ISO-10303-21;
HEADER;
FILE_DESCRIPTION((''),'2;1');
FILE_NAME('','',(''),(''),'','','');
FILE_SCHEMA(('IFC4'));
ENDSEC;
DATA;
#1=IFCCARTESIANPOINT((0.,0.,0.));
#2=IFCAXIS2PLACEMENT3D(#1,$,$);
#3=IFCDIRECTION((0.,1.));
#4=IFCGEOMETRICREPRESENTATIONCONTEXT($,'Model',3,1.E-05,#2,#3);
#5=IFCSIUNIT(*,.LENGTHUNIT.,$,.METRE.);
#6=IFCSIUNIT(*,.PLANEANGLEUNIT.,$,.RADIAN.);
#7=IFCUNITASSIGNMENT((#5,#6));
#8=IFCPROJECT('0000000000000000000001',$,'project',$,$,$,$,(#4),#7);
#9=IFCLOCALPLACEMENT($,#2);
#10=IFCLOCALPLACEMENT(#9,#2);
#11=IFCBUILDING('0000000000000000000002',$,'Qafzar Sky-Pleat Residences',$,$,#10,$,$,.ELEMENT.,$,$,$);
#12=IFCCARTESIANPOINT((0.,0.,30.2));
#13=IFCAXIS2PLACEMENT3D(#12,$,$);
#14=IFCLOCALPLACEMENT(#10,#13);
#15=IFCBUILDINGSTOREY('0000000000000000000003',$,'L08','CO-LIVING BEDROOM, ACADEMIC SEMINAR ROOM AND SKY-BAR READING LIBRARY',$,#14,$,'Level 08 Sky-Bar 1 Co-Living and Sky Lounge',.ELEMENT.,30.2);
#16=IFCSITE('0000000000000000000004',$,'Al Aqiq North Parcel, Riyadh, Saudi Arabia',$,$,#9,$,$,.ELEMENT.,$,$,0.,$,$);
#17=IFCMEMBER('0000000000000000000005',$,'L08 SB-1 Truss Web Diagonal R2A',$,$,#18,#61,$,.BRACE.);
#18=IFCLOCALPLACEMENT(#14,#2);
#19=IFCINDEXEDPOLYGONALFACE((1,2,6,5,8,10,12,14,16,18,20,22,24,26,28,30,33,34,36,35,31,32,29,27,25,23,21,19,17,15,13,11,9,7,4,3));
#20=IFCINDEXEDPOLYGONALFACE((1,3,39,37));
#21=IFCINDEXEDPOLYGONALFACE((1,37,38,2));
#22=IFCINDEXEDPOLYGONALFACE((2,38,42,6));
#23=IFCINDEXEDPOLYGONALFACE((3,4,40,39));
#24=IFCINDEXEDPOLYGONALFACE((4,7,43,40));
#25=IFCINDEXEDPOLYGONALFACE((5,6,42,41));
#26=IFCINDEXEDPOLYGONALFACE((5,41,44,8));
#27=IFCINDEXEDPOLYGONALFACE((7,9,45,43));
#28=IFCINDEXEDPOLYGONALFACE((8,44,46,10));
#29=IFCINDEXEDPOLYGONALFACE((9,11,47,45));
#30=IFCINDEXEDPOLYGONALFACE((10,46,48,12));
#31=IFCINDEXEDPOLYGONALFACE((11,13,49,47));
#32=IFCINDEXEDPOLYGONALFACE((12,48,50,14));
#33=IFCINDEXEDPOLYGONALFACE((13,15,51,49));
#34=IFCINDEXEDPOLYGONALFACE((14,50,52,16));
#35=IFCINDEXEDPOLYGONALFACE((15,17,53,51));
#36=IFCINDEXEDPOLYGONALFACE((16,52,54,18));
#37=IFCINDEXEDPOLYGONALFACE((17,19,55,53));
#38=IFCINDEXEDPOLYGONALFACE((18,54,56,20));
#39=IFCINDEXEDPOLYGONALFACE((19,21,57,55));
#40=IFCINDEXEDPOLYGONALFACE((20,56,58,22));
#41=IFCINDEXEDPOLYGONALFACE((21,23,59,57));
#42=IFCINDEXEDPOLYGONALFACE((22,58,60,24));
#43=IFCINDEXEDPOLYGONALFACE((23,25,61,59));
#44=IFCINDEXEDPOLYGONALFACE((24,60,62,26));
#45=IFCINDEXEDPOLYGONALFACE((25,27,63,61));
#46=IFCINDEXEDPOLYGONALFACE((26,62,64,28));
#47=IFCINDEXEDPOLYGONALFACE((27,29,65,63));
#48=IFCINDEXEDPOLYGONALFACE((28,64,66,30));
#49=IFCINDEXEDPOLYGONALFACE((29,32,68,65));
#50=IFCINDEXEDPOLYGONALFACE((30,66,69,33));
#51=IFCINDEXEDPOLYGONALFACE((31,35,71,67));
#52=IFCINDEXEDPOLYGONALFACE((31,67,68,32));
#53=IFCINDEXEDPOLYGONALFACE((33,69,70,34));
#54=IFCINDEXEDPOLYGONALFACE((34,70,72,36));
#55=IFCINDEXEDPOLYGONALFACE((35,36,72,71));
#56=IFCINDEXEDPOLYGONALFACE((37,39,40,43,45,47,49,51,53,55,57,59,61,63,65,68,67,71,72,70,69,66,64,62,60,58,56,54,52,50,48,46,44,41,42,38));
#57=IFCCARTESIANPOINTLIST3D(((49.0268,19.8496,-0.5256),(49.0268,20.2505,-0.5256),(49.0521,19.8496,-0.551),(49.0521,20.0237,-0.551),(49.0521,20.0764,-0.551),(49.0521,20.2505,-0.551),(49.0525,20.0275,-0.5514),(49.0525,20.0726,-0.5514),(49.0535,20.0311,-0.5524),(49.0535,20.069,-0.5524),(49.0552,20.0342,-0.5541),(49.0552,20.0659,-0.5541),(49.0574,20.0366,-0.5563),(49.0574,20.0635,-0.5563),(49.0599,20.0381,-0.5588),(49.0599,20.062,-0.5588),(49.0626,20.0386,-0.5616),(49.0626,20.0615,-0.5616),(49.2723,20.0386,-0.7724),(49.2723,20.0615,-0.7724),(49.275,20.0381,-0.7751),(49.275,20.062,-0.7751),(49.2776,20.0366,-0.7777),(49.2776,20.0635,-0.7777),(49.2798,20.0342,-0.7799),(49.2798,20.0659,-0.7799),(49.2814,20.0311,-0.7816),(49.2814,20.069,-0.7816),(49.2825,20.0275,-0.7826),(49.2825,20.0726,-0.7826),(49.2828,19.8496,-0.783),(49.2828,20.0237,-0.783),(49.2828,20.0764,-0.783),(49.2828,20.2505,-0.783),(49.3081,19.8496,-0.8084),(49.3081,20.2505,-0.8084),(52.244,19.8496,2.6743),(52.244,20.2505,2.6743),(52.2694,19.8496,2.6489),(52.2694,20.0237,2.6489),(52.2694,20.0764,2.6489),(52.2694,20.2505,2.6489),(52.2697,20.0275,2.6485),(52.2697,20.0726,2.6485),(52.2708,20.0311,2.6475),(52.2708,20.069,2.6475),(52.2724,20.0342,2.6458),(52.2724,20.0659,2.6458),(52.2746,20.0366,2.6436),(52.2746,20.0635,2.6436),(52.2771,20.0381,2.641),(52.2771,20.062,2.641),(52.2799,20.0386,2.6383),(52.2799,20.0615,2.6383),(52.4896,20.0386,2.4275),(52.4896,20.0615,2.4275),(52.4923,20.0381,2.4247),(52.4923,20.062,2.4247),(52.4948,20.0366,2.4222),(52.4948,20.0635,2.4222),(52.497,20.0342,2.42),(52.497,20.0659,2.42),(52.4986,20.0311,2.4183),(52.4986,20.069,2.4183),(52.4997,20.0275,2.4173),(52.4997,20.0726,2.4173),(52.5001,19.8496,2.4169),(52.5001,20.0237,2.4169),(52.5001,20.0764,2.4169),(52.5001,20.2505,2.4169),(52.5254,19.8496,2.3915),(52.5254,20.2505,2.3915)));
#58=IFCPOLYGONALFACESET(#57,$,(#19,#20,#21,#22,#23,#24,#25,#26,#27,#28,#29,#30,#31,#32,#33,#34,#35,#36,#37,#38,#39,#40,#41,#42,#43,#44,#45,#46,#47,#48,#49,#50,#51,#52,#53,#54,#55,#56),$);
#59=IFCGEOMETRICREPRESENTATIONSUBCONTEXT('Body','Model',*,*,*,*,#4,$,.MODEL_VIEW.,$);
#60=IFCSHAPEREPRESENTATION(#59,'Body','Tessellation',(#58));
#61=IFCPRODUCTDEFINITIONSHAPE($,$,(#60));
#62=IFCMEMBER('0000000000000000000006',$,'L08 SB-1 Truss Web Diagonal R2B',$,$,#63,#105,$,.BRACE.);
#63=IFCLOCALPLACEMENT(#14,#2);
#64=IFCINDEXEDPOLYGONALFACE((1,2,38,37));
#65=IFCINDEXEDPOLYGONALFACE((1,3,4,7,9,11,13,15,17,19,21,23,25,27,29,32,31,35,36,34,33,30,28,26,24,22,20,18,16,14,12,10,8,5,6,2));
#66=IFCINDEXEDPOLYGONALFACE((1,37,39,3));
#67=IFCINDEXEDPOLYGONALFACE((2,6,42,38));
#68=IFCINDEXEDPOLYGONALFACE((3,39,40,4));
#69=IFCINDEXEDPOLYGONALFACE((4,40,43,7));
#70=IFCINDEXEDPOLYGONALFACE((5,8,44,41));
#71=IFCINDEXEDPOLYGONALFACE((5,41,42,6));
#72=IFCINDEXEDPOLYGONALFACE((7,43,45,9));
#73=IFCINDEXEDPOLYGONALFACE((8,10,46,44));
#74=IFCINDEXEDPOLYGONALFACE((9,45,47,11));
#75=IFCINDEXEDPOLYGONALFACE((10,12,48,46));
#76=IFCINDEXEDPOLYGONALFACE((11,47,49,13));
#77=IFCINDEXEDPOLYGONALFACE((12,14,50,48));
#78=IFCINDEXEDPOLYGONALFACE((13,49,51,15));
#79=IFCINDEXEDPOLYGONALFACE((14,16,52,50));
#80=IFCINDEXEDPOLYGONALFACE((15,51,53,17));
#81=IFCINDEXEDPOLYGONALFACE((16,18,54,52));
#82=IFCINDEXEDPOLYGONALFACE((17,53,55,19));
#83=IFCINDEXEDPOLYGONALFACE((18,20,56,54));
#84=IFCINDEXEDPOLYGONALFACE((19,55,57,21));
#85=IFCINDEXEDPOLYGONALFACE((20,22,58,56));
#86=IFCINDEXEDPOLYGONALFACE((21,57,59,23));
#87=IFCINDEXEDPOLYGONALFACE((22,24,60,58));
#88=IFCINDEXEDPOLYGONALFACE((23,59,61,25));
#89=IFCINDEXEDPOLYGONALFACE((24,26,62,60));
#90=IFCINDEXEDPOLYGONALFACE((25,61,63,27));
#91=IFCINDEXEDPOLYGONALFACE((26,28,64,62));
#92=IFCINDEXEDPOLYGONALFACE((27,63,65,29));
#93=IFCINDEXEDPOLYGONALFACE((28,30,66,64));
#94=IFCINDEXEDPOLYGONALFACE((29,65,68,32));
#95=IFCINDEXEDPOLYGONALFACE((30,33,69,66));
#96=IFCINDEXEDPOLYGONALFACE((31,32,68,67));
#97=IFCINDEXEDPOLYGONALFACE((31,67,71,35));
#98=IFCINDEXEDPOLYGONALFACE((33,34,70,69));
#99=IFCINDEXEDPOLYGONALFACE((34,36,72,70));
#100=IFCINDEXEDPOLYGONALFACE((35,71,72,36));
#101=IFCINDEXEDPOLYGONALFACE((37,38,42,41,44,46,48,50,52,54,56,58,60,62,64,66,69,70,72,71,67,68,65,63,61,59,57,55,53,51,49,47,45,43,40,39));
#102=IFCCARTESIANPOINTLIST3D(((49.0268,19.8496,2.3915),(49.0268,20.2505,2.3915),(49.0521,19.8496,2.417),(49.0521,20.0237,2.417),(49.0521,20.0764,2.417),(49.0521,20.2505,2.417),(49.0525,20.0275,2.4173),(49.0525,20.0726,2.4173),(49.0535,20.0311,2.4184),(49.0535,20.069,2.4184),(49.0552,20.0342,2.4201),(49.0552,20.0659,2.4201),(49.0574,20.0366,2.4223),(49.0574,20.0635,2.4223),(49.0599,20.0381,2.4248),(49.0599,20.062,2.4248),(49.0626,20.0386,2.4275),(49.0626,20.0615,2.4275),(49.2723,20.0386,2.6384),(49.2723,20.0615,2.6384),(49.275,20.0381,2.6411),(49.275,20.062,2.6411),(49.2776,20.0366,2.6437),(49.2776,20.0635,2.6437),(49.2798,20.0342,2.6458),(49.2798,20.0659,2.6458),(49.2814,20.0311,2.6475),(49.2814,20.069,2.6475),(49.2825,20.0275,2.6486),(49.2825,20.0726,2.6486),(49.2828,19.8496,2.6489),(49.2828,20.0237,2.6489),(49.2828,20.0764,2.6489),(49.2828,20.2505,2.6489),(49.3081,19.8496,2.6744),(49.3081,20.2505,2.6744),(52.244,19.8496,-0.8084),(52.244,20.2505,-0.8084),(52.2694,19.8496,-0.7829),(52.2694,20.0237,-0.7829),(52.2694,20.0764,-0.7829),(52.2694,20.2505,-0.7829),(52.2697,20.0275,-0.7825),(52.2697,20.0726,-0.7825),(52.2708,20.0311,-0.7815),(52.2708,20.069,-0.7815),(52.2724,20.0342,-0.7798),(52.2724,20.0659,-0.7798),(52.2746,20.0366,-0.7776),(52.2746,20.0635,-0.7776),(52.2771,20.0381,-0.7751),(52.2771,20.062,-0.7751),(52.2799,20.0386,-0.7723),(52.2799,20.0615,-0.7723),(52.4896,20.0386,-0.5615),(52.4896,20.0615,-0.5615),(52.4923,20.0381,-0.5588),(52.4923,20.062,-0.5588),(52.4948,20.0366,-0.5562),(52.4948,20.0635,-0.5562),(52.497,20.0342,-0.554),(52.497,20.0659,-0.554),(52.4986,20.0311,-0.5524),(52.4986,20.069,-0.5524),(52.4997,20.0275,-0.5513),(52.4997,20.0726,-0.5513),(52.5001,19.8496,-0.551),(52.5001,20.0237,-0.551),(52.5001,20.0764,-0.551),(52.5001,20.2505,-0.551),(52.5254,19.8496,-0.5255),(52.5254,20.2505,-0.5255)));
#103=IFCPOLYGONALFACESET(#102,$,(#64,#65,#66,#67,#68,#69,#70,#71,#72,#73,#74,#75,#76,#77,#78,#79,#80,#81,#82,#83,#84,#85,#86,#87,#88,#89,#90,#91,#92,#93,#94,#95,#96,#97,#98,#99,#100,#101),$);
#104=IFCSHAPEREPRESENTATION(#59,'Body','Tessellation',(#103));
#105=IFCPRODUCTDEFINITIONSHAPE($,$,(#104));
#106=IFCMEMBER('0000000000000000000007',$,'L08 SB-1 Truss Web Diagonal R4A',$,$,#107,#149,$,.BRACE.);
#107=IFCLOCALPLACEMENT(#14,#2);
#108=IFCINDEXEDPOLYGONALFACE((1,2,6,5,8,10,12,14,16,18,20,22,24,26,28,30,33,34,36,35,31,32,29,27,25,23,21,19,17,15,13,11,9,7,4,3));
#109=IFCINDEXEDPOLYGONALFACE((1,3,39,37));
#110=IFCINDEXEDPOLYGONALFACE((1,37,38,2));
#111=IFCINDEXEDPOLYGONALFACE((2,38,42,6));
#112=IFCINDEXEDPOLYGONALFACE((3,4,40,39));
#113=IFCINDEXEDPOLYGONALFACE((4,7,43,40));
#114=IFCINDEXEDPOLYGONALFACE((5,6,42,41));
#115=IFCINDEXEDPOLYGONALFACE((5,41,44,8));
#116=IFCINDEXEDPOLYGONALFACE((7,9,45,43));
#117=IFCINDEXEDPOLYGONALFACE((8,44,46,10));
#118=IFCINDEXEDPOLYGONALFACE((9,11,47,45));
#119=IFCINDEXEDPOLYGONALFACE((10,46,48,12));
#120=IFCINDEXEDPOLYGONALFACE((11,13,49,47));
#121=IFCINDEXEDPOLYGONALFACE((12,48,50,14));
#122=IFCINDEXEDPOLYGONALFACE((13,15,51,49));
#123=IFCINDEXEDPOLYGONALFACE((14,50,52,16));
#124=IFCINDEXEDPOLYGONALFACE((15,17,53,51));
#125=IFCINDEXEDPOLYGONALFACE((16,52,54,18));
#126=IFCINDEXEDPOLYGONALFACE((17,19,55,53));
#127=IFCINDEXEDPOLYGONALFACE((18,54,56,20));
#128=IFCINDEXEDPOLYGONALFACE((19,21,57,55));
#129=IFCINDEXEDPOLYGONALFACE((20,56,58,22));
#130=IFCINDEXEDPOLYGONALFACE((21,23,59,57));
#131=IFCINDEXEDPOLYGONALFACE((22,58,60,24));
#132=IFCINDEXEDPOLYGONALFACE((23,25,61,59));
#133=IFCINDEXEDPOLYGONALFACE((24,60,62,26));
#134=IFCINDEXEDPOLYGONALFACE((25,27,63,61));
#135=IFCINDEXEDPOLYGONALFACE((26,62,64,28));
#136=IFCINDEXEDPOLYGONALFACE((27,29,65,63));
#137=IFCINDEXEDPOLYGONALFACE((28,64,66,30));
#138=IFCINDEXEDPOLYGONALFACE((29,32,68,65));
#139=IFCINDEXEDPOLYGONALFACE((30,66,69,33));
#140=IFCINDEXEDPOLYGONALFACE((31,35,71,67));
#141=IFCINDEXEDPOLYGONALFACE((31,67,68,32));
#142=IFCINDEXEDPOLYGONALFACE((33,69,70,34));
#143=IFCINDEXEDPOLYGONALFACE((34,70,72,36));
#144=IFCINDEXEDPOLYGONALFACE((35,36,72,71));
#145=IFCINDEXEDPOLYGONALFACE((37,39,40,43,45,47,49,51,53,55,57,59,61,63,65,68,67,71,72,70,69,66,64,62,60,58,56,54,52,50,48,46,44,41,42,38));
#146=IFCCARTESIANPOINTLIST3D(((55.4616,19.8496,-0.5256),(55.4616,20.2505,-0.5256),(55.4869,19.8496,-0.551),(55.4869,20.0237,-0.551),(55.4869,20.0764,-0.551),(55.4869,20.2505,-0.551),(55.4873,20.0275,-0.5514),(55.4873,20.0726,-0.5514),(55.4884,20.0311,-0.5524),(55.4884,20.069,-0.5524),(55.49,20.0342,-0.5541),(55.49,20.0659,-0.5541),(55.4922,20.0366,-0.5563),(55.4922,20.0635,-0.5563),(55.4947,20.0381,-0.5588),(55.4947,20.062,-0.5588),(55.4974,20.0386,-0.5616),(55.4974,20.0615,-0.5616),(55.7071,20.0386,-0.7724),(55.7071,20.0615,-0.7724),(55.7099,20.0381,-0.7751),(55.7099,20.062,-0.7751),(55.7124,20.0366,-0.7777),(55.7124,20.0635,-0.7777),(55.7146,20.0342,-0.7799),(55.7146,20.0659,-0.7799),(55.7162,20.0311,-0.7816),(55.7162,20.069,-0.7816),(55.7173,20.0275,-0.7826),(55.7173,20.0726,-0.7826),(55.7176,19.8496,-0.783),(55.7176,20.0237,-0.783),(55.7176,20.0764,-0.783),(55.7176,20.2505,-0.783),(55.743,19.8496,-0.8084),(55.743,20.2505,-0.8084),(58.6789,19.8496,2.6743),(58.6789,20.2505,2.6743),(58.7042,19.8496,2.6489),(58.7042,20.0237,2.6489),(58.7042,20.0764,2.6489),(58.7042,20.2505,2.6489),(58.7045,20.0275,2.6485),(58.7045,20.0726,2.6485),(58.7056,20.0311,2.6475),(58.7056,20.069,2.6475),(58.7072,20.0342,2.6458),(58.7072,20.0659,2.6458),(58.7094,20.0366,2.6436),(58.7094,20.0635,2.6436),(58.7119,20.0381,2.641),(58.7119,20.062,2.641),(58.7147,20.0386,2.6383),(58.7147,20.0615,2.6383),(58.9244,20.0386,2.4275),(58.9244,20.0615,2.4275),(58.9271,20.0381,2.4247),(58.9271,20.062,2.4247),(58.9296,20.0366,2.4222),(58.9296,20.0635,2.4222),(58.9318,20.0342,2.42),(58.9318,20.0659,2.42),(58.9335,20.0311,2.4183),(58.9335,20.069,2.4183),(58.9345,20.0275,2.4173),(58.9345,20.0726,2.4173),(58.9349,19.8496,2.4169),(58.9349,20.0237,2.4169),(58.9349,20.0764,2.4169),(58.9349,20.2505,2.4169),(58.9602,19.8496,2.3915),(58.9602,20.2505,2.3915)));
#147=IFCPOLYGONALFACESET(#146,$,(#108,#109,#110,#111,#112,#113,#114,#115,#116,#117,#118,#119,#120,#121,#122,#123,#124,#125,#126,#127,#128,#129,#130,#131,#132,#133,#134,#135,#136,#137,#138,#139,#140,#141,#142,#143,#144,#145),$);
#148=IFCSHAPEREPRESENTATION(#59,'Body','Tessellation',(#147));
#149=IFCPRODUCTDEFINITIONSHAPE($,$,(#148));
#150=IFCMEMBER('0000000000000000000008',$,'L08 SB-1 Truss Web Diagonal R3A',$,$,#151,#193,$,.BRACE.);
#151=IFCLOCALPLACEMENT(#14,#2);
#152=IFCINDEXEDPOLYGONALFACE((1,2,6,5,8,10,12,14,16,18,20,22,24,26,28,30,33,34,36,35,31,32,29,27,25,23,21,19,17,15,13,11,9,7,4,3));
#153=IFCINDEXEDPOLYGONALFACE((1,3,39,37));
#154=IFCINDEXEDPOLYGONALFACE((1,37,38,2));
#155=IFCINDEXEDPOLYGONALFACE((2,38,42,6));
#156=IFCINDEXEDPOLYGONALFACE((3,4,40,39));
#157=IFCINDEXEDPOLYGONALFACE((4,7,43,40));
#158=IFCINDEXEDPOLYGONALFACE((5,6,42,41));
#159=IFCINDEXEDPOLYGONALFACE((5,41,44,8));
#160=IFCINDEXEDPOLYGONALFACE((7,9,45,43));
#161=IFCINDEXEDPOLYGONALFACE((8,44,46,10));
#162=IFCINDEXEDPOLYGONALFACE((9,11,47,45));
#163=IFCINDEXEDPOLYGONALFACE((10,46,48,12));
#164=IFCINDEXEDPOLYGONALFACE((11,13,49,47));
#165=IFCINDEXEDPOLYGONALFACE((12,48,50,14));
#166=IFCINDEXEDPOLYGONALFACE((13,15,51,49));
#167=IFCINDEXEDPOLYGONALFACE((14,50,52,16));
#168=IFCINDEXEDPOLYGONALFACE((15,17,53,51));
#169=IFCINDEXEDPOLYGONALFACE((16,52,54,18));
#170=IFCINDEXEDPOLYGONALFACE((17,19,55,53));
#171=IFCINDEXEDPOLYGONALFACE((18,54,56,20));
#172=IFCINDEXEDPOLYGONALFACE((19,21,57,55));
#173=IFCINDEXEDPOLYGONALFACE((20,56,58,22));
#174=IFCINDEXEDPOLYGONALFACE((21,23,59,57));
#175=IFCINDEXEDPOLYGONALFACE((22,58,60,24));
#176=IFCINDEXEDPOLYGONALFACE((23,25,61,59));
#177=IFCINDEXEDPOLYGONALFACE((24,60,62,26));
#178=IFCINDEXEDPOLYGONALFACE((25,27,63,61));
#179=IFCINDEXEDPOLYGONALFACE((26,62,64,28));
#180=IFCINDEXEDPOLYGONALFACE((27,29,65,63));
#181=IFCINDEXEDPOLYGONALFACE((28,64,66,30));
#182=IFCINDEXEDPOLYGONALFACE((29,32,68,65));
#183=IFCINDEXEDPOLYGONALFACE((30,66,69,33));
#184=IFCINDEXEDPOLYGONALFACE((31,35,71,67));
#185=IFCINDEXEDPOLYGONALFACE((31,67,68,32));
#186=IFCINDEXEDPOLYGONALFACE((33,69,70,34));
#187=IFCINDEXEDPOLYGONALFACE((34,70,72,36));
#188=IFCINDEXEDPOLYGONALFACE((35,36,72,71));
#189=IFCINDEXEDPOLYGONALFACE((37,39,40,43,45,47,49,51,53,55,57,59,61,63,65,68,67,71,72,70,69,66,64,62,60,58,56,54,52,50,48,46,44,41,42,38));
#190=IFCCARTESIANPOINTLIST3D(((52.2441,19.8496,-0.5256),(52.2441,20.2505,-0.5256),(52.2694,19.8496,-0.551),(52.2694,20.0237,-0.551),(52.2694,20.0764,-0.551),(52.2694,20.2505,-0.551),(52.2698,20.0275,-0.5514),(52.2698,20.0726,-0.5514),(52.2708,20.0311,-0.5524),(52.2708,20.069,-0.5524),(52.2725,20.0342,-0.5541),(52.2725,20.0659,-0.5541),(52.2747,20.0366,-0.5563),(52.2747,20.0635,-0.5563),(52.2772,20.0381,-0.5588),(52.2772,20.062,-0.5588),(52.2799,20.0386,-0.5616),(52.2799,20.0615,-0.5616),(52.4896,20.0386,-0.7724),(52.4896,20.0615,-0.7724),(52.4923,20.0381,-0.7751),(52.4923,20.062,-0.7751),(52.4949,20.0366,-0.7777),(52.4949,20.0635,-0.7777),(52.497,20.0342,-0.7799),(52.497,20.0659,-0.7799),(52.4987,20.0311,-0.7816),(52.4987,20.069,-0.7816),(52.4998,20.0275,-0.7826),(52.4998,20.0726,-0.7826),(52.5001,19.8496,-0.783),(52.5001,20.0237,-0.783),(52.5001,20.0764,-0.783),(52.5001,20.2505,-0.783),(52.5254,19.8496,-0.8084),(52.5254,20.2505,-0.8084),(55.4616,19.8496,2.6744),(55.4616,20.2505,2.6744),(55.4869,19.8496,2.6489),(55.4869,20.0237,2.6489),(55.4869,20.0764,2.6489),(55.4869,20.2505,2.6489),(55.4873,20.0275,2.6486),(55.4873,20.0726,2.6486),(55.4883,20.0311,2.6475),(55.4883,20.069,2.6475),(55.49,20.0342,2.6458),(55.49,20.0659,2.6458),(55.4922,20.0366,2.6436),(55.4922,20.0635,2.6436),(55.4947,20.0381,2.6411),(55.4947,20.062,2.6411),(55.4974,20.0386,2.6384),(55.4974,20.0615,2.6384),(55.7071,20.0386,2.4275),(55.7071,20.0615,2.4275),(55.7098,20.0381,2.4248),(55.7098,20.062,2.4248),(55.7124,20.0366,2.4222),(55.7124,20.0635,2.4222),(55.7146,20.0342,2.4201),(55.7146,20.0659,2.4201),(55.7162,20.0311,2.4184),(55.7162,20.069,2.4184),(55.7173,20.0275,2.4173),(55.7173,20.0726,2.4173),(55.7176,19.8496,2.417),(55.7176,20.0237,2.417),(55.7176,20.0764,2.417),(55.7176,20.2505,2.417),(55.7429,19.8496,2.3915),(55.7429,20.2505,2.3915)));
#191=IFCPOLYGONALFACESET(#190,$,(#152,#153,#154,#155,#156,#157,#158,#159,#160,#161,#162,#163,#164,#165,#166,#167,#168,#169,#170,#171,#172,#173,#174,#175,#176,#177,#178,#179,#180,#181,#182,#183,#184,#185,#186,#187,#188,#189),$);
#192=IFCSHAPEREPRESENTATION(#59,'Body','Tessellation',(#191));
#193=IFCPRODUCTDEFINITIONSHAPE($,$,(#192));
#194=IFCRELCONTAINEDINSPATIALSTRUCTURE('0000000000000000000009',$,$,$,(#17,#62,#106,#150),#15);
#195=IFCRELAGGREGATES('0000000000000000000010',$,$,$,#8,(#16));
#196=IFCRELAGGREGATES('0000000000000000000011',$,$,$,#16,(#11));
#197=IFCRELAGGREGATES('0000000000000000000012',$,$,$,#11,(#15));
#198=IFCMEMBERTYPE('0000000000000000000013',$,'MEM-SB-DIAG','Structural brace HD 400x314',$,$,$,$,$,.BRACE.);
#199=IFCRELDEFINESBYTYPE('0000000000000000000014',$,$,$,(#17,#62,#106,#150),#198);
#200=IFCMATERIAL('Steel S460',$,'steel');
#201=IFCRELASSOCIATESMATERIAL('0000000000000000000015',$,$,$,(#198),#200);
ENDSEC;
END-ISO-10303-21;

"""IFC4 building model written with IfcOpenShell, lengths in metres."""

from ifc_helpers import new_model, si_unit, direction, frame, origin, origin_2d, place, context, subcontext, project, spatial, i_section, extrude, source, transform, mapped, material, material_profile, profile_set, type_object, element, save


model = new_model("IFC4")

# Units and contexts
model_context = context("Model", 3, precision=1e-05, world=origin(), true_north=direction((0.0, 1.0)))
body_context = subcontext(model_context, "Body", "Model", "MODEL_VIEW")
ifc_project = project(units=[si_unit("LENGTHUNIT", "METRE"), si_unit("PLANEANGLEUNIT", "RADIAN")], contexts=[model_context])

# Site, building, storey
site_placement = place(None, origin())
site = spatial("IfcSite", under=ifc_project, at=site_placement, Name="Al Aqiq North Parcel, Riyadh, Saudi Arabia", CompositionType="ELEMENT", RefElevation=0.0)
building_placement = place(site_placement, origin())
building = spatial("IfcBuilding", under=site, at=building_placement, Name="Qafzar Sky-Pleat Residences", CompositionType="ELEMENT")
storey_placement = place(building_placement, frame((0.0, 0.0, 30.2)))
storey = spatial("IfcBuildingStorey", under=building, at=storey_placement, Name="L08", Description="CO-LIVING BEDROOM, ACADEMIC SEMINAR ROOM AND SKY-BAR READING LIBRARY", LongName="Level 08 Sky-Bar 1 Co-Living and Sky Lounge", CompositionType="ELEMENT", Elevation=30.2)

# Shared definitions
ifc_material_1 = material(Name="Steel S460", Category="steel")

# Members
ifc_material_profile_1 = material_profile(ifc_material_1, i_section(OverallWidth=0.4009, OverallDepth=0.3989, WebThickness=0.0229, FlangeThickness=0.0359, FilletRadius=0.0149, at=origin_2d()), Name="HD 400x314")
ifc_profile_set_1 = profile_set([ifc_material_profile_1], Name="Steel S460")
member_type = type_object("IfcMemberType", Name="MEM-SB-DIAG", Description="Structural brace HD 400x314", PredefinedType="BRACE", material=ifc_profile_set_1)
shared_shape_1 = source(origin(), body_context, "Body", "SweptSolid", [
    extrude(i_section(OverallWidth=0.4009, OverallDepth=0.3989, WebThickness=0.0229, FlangeThickness=0.0359, FilletRadius=0.0149, at=origin_2d()), origin(), (0.0, 0.0, 1.0), 4.5376),
])
for number, where, z_axis, x_axis, name in (
    (1, (49.1675, 20.05, -0.667), (0.709014, 0.0, 0.705194), (0.0, 1.0, 0.0), "L08 SB-1 Truss Web Diagonal R2A"),
    (2, (49.1675, 20.05, 2.533), (0.709014, 0.0, -0.705194), (0.0, 1.0, 0.0), "L08 SB-1 Truss Web Diagonal R2B"),
    (3, (55.6023, 20.05, -0.667), (0.709014, 0.0, 0.705194), (0.0, 1.0, 0.0), "L08 SB-1 Truss Web Diagonal R4A"),
):
    element("IfcMember", number, at=place(storey_placement, frame(where, z_axis=z_axis, x_axis=x_axis)), inside=storey, type_object=member_type, Name=name, PredefinedType="BRACE", context=body_context, shape_type="MappedRepresentation", body=[
        mapped(shared_shape_1, transform((0.0, 0.0, 0.0), x_axis=(1.0, 0.0, 0.0), y_axis=(0.0, 1.0, 0.0), z_axis=(0.0, 0.0, 1.0), scale=1.0)),
    ])
shared_shape_2 = source(origin(), body_context, "Body", "SweptSolid", [
    extrude(i_section(OverallWidth=0.4009, OverallDepth=0.3989, WebThickness=0.0229, FlangeThickness=0.0359, FilletRadius=0.0149, at=origin_2d()), origin(), (0.0, 0.0, 1.0), 4.5378),
])
for number, where, z_axis, x_axis, name in (
    (4, (52.3848, 20.05, -0.667), (0.709041, 0.0, 0.705167), (0.0, 1.0, 0.0), "L08 SB-1 Truss Web Diagonal R3A"),
):
    element("IfcMember", number, at=place(storey_placement, frame(where, z_axis=z_axis, x_axis=x_axis)), inside=storey, type_object=member_type, Name=name, PredefinedType="BRACE", context=body_context, shape_type="MappedRepresentation", body=[
        mapped(shared_shape_2, transform((0.0, 0.0, 0.0), x_axis=(1.0, 0.0, 0.0), y_axis=(0.0, 1.0, 0.0), z_axis=(0.0, 0.0, 1.0), scale=1.0)),
    ])

save(model, "model.ifc")
